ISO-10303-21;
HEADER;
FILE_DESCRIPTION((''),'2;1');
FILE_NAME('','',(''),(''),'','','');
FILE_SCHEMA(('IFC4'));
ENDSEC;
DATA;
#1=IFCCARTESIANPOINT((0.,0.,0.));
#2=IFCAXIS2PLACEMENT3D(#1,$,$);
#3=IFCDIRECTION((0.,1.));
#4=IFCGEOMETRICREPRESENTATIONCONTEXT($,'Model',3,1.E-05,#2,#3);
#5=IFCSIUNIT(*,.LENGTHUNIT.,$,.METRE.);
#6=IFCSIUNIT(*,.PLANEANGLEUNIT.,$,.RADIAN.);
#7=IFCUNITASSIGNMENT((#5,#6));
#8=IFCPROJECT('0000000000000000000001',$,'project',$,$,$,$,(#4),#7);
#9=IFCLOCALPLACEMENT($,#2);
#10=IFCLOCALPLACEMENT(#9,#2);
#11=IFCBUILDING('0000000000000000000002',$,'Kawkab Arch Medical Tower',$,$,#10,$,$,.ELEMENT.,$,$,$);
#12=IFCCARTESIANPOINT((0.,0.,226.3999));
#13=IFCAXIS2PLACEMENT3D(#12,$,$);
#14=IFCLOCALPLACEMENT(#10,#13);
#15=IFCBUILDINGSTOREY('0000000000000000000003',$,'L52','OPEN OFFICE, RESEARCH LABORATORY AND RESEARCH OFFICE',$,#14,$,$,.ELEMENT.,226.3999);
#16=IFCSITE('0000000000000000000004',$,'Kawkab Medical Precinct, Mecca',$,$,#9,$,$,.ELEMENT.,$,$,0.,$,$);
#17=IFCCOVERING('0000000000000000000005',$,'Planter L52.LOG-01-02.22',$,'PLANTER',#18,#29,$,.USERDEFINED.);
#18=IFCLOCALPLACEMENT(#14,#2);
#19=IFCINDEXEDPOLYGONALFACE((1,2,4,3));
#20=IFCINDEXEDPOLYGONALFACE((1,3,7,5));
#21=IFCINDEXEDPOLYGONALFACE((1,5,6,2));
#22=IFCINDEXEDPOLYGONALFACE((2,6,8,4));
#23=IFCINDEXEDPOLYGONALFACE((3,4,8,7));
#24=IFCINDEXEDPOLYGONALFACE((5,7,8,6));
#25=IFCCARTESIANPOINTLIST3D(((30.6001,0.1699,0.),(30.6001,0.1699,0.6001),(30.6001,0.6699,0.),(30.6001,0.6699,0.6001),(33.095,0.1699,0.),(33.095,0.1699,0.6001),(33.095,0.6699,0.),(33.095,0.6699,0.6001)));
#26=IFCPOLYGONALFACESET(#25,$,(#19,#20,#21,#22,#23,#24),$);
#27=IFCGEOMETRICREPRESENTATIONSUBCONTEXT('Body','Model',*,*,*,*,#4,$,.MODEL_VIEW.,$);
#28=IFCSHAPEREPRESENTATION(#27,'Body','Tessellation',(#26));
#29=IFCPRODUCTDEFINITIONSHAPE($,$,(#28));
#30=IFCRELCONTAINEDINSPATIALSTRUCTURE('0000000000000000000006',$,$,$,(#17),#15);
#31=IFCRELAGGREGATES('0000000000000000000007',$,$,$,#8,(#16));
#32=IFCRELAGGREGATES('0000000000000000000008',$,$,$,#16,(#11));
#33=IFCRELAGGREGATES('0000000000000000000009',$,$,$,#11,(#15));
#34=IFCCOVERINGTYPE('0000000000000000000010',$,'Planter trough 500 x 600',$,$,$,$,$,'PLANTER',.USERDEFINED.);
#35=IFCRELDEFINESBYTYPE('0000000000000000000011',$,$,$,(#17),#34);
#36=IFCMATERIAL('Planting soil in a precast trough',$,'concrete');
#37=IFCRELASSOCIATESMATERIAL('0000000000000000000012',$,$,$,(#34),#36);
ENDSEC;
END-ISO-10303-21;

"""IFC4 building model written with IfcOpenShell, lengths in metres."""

from ifc_helpers import new_model, si_unit, direction, frame, origin, origin_2d, place, context, subcontext, project, spatial, rectangle, extrude, material, material_profile, profile_set, type_object, element, save


model = new_model("IFC4")

# Units and contexts
model_context = context("Model", 3, precision=1e-05, world=origin(), true_north=direction((0.0, 1.0)))
body_context = subcontext(model_context, "Body", "Model", "MODEL_VIEW")
ifc_project = project(units=[si_unit("LENGTHUNIT", "METRE"), si_unit("PLANEANGLEUNIT", "RADIAN")], contexts=[model_context])

# Site, building, storey
site_placement = place(None, origin())
site = spatial("IfcSite", under=ifc_project, at=site_placement, Name="Kawkab Medical Precinct, Mecca", CompositionType="ELEMENT", RefElevation=0.0)
building_placement = place(site_placement, origin())
building = spatial("IfcBuilding", under=site, at=building_placement, Name="Kawkab Arch Medical Tower", CompositionType="ELEMENT")
storey_placement = place(building_placement, frame((0.0, 0.0, 226.3999)))
storey = spatial("IfcBuildingStorey", under=building, at=storey_placement, Name="L52", Description="OPEN OFFICE, RESEARCH LABORATORY AND RESEARCH OFFICE", CompositionType="ELEMENT", Elevation=226.3999)

# Covering
ifc_material_1 = material(Name="Planting soil in a precast trough", Category="concrete")
ifc_material_profile_1 = material_profile(ifc_material_1, rectangle(XDim=0.5, YDim=0.6001, at=origin_2d()), Name="Trough 500x600")
ifc_profile_set_1 = profile_set([ifc_material_profile_1], Name="Planting soil in a precast trough")
covering_type = type_object("IfcCoveringType", Name="Planter trough 500 x 600", ElementType="PLANTER", PredefinedType="USERDEFINED", material=ifc_profile_set_1)
covering_1_placement = place(storey_placement, frame((30.6001, 0.4199, 0.3), z_axis=(1.0, 0.0, 0.0), x_axis=(0.0, 1.0, 0.0)))
element("IfcCovering", 1, at=covering_1_placement, inside=storey, type_object=covering_type, Name="Planter L52.LOG-01-02.22", ObjectType="PLANTER", PredefinedType="USERDEFINED", context=body_context, shape_type="SweptSolid", body=[
    extrude(rectangle(XDim=0.5, YDim=0.6001, at=origin_2d()), origin(), (0.0, 0.0, 1.0), 2.4949),
])

save(model, "model.ifc")
